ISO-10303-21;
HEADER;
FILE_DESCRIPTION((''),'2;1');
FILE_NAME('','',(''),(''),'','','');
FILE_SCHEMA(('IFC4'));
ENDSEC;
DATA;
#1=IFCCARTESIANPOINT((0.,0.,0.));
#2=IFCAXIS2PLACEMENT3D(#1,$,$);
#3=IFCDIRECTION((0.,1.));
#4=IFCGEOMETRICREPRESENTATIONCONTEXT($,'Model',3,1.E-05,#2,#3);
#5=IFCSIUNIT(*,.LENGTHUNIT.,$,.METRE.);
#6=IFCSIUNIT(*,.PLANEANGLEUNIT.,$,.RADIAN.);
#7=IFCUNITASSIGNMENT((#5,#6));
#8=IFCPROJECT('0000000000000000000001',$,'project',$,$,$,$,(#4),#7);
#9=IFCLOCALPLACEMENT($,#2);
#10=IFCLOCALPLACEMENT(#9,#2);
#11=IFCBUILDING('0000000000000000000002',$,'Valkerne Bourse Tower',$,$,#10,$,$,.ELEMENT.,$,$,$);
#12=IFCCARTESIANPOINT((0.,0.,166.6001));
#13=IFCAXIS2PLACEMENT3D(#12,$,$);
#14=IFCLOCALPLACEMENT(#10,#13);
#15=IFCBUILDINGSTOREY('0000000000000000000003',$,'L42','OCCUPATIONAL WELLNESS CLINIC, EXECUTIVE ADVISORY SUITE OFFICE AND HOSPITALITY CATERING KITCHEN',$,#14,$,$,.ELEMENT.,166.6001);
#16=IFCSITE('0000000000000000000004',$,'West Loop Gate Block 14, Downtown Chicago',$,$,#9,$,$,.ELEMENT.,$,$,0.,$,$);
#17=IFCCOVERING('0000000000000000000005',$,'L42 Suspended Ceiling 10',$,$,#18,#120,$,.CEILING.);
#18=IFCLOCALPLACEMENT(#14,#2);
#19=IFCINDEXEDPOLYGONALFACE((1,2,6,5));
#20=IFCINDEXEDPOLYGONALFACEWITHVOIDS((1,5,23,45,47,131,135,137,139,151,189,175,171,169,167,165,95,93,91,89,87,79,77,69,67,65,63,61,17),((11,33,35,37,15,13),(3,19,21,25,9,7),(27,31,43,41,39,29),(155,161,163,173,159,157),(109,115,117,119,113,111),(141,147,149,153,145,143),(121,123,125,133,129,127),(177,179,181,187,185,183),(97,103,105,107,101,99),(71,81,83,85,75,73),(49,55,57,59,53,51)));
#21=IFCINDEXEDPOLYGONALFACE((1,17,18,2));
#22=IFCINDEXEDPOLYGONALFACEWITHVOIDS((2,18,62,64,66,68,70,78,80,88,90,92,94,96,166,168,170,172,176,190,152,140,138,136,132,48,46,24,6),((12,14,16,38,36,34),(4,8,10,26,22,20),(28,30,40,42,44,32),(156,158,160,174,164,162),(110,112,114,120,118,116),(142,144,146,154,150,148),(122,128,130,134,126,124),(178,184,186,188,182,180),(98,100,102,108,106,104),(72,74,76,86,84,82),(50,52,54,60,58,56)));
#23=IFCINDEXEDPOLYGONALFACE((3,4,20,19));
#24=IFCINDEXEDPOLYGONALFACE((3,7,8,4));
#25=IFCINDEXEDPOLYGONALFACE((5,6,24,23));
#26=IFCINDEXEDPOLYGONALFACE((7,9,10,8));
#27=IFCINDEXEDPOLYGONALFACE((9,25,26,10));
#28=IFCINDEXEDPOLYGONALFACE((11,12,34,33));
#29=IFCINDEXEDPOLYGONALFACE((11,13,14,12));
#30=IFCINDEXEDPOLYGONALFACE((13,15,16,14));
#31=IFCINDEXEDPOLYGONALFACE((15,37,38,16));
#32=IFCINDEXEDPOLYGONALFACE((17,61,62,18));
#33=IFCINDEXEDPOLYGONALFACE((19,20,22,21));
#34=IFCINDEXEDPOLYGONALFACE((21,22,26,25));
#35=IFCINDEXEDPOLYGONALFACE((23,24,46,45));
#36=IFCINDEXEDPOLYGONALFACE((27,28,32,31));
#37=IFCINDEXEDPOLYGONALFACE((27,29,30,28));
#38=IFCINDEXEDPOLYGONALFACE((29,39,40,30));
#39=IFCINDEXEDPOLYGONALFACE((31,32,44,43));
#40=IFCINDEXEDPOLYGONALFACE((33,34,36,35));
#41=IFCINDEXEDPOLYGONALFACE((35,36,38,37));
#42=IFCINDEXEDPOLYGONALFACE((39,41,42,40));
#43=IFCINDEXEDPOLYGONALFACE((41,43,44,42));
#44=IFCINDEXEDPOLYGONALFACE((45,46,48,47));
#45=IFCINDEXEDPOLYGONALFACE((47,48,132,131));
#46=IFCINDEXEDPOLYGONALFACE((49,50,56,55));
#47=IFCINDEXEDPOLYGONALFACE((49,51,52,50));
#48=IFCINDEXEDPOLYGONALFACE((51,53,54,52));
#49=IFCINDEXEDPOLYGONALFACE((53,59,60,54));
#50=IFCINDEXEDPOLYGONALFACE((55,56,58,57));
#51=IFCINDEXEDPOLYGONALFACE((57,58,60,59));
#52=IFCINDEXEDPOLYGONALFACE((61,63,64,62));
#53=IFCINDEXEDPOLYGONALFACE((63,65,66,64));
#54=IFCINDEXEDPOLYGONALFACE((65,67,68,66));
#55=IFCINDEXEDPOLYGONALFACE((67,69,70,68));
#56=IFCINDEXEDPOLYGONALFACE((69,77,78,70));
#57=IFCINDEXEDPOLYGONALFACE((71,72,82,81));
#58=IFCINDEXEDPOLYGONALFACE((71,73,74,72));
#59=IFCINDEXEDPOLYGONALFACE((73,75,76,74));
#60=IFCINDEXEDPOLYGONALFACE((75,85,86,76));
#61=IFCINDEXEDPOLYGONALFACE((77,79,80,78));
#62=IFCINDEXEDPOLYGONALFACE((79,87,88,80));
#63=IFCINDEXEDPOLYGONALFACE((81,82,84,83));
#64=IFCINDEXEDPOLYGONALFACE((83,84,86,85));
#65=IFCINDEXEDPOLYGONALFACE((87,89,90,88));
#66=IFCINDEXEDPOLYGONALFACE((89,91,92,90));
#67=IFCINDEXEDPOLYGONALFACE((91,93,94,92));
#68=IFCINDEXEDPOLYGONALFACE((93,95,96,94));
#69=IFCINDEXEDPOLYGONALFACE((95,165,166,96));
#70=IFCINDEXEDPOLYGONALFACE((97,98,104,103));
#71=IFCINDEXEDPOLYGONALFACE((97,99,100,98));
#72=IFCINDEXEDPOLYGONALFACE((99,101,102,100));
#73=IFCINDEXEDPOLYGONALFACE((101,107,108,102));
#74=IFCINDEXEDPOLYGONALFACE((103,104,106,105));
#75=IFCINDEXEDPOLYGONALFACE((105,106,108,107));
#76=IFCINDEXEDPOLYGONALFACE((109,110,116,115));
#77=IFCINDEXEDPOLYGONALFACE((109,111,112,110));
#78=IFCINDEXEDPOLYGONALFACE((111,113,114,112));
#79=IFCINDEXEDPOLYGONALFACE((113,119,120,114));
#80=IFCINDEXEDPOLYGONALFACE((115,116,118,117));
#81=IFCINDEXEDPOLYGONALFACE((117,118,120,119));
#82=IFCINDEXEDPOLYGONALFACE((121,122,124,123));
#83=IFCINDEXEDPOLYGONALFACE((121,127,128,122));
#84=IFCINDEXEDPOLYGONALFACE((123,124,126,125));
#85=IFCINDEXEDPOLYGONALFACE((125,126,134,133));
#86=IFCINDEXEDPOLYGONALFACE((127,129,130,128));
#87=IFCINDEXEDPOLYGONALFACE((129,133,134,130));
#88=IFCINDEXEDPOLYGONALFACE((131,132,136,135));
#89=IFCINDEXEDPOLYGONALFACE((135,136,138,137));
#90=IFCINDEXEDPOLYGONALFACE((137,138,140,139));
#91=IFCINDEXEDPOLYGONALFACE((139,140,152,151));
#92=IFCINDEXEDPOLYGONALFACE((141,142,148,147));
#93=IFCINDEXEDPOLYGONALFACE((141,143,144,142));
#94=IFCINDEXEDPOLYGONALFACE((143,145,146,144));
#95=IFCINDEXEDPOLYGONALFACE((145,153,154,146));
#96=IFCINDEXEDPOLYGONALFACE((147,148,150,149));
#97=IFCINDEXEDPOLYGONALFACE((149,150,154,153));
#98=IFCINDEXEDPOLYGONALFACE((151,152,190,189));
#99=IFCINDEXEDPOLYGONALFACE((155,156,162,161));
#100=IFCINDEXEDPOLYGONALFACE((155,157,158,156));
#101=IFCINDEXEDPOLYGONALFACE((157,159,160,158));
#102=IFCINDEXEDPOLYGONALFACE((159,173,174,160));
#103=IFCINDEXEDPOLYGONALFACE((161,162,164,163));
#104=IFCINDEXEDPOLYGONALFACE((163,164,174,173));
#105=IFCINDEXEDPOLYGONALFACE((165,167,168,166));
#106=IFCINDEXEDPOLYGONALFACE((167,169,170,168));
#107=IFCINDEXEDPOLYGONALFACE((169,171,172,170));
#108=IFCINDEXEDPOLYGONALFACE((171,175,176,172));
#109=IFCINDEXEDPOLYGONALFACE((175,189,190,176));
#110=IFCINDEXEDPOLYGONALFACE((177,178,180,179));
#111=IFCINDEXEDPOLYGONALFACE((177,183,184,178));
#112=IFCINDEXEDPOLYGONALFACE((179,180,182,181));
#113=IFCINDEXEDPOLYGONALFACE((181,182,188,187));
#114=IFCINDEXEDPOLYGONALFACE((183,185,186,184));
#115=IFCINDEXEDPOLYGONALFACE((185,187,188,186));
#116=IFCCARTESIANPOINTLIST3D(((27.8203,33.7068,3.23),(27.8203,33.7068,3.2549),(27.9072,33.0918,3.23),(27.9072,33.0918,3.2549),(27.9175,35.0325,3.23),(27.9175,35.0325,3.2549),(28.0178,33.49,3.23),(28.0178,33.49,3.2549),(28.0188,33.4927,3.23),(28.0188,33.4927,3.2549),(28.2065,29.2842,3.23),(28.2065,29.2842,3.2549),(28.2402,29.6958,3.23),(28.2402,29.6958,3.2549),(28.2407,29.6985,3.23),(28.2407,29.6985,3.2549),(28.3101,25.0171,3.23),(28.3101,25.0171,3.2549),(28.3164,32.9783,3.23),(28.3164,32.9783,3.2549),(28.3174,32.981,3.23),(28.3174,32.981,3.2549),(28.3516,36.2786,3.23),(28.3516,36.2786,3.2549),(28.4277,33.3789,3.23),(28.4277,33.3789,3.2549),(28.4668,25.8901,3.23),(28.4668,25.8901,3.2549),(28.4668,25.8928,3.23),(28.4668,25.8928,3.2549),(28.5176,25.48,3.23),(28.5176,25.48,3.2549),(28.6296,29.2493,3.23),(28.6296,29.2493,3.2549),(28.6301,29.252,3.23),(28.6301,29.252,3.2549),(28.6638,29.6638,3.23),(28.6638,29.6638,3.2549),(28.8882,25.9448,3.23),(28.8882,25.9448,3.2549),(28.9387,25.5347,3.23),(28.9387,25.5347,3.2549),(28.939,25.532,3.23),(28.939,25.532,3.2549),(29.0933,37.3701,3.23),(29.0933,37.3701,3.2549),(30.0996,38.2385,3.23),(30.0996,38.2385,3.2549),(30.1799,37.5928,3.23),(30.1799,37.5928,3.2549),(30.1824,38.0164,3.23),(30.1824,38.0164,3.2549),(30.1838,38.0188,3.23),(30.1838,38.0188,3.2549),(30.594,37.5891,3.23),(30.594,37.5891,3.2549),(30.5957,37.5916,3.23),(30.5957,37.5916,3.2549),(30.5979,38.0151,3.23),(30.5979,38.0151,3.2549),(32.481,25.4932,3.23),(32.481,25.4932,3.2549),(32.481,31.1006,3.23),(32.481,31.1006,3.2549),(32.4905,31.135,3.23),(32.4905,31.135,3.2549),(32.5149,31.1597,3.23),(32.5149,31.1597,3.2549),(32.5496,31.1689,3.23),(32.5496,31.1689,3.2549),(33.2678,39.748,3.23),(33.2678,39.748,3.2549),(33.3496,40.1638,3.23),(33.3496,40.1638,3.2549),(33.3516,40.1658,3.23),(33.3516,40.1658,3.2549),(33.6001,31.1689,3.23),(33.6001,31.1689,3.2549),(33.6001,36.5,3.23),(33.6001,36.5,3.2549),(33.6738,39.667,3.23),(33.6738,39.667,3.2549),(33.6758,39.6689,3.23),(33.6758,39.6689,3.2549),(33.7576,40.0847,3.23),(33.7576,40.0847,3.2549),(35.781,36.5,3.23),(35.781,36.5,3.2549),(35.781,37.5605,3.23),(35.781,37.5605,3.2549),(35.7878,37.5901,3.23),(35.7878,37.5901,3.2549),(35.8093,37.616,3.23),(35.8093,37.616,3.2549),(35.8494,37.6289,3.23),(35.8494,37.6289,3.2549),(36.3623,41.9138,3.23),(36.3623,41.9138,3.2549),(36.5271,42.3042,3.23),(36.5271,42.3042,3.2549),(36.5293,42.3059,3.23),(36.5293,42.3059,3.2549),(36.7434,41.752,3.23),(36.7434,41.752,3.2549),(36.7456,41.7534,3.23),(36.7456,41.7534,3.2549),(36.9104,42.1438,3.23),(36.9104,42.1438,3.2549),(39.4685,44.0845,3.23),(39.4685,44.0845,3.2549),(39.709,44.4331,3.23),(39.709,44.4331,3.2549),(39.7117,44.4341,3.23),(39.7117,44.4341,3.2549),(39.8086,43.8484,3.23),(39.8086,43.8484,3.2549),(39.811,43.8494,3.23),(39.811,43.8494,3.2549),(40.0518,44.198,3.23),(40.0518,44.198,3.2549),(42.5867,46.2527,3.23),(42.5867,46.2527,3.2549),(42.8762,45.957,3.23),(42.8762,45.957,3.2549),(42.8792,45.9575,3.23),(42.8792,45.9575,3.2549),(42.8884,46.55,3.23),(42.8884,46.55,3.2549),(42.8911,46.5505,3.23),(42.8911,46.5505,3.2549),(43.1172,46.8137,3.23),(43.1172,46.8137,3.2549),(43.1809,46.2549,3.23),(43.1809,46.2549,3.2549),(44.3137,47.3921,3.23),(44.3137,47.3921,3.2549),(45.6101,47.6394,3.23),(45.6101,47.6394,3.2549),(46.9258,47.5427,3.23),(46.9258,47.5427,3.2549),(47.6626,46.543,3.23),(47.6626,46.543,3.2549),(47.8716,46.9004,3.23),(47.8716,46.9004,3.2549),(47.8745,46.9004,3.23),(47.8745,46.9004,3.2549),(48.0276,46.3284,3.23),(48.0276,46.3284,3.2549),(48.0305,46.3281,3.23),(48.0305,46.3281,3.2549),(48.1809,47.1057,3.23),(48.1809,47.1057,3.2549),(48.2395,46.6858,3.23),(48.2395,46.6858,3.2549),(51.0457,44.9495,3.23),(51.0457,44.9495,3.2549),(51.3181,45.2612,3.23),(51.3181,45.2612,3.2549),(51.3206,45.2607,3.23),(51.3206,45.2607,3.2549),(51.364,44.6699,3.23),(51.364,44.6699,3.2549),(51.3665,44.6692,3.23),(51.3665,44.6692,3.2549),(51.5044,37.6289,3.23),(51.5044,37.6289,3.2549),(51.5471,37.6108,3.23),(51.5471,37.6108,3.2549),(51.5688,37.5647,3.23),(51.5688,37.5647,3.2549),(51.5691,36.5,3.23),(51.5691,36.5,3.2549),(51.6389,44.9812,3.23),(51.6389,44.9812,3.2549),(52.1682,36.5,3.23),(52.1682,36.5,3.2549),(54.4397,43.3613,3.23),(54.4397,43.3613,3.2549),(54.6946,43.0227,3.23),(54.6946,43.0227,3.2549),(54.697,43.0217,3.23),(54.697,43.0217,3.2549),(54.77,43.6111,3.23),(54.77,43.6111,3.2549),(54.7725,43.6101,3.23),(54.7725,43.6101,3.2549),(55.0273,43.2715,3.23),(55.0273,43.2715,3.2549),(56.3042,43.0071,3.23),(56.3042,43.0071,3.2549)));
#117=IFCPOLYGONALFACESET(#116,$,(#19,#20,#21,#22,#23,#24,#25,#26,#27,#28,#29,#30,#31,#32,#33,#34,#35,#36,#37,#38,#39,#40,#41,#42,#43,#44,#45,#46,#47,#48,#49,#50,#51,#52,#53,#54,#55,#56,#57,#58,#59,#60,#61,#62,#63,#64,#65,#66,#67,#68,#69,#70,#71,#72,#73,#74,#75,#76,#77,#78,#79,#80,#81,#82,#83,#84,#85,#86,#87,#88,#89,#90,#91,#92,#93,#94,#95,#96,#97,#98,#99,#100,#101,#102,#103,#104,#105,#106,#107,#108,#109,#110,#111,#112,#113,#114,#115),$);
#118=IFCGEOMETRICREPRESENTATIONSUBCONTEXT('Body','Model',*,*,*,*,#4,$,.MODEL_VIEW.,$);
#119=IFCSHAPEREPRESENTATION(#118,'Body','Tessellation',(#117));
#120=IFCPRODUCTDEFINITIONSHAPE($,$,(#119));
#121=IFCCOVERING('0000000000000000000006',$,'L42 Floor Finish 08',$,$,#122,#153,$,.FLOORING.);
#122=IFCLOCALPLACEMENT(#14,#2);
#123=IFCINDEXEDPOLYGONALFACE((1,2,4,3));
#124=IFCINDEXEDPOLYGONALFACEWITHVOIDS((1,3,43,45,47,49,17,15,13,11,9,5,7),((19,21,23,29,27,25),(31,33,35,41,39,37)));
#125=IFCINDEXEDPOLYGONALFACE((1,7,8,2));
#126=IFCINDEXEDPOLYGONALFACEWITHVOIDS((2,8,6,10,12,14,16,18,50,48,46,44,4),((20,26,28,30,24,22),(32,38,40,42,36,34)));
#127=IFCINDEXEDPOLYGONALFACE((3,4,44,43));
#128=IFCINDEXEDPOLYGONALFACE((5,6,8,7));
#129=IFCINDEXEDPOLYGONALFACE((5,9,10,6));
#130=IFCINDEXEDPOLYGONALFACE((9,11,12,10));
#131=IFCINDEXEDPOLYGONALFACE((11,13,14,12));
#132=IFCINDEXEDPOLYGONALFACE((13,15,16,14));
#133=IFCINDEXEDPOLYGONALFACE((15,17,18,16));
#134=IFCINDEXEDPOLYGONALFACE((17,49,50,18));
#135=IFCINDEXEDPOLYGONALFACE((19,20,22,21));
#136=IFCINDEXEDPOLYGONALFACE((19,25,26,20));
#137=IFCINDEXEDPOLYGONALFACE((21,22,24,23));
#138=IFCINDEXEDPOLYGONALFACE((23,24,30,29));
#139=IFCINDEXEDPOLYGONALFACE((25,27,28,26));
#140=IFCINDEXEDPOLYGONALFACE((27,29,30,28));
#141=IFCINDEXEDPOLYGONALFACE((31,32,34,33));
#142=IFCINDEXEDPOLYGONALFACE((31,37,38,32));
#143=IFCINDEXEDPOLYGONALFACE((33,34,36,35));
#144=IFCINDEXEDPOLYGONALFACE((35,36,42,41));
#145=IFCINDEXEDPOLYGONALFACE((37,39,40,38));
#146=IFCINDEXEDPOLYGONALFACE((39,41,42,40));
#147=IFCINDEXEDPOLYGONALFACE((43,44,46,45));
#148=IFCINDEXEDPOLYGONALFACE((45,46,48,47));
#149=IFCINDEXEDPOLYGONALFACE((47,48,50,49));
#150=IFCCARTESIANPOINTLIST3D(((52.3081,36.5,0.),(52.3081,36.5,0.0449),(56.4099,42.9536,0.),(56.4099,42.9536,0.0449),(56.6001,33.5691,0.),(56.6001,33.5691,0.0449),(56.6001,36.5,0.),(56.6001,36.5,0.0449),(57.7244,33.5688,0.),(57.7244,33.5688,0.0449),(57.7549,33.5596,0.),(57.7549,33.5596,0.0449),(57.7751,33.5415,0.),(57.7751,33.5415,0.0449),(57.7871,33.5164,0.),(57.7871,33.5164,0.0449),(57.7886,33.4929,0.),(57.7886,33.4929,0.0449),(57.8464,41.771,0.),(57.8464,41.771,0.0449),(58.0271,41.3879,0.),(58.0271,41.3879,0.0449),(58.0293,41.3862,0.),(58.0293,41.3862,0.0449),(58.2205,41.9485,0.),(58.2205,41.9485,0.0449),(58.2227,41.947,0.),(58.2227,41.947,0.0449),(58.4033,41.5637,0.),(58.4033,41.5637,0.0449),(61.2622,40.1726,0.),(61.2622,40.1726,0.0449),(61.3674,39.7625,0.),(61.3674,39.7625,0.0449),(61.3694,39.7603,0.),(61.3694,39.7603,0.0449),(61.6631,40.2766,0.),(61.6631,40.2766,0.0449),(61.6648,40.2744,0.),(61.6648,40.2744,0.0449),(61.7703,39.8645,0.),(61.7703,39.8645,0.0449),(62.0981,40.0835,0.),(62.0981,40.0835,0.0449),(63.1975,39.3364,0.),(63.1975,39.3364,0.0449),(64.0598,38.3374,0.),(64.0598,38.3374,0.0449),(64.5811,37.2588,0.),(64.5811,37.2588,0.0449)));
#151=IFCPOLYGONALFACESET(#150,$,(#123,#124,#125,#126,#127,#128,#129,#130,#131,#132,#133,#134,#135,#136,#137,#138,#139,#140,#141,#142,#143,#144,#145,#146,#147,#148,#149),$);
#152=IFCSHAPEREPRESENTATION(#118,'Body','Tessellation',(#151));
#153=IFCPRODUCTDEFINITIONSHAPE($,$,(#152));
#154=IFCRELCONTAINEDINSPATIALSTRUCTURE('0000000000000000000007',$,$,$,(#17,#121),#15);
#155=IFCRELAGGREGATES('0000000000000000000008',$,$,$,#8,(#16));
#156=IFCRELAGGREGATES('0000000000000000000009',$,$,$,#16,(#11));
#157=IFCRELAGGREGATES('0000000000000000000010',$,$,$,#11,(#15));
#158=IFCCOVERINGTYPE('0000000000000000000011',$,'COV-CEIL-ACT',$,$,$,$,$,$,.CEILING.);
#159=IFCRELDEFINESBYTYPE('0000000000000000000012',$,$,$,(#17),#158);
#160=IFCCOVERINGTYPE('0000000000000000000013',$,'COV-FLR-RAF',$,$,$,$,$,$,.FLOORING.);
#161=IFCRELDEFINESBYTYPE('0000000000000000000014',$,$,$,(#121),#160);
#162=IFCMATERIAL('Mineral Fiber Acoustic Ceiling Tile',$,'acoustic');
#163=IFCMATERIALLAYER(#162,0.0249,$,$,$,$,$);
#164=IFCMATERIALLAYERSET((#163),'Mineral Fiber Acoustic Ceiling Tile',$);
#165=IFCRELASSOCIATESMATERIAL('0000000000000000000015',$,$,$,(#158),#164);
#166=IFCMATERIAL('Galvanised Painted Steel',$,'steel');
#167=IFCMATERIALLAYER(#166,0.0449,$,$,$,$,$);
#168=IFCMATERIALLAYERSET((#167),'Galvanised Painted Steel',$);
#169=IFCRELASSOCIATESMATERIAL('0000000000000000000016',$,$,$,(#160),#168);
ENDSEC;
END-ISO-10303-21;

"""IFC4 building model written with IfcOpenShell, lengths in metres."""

from ifc_helpers import new_model, si_unit, direction, frame, origin, place, context, subcontext, project, spatial, polyline, outline, extrude, material, layer, layer_set, type_object, element, save


model = new_model("IFC4")

# Units and contexts
model_context = context("Model", 3, precision=1e-05, world=origin(), true_north=direction((0.0, 1.0)))
body_context = subcontext(model_context, "Body", "Model", "MODEL_VIEW")
ifc_project = project(units=[si_unit("LENGTHUNIT", "METRE"), si_unit("PLANEANGLEUNIT", "RADIAN")], contexts=[model_context])

# Site, building, storey
site_placement = place(None, origin())
site = spatial("IfcSite", under=ifc_project, at=site_placement, Name="West Loop Gate Block 14, Downtown Chicago", CompositionType="ELEMENT", RefElevation=0.0)
building_placement = place(site_placement, origin())
building = spatial("IfcBuilding", under=site, at=building_placement, Name="Valkerne Bourse Tower", CompositionType="ELEMENT")
storey_placement = place(building_placement, frame((0.0, 0.0, 166.6001)))
storey = spatial("IfcBuildingStorey", under=building, at=storey_placement, Name="L42", Description="OCCUPATIONAL WELLNESS CLINIC, EXECUTIVE ADVISORY SUITE OFFICE AND HOSPITALITY CATERING KITCHEN", CompositionType="ELEMENT", Elevation=166.6001)

# Coverings
ifc_material_1 = material(Name="Mineral Fiber Acoustic Ceiling Tile", Category="acoustic")
ifc_layer_1 = layer(ifc_material_1, 0.0249)
ifc_layer_set_1 = layer_set([ifc_layer_1], Name="Mineral Fiber Acoustic Ceiling Tile")
covering_type_1 = type_object("IfcCoveringType", Name="COV-CEIL-ACT", PredefinedType="CEILING", material=ifc_layer_set_1)
covering_1_placement = place(storey_placement, frame((0.0, 0.0, 3.23)))
element("IfcCovering", 1, at=covering_1_placement, inside=storey, type_object=covering_type_1, Name="L42 Suspended Ceiling 10", PredefinedType="CEILING", context=body_context, shape_type="SweptSolid", body=[
    extrude(outline(polyline([(28.3516, 36.2786), (29.0933, 37.3701), (30.0996, 38.2385), (43.1172, 46.8137), (44.3137, 47.3921), (45.6101, 47.6394), (46.9258, 47.5427), (48.1809, 47.1057), (56.3042, 43.0071), (52.1682, 36.5), (51.5691, 36.5), (51.5688, 37.5647), (51.5471, 37.6108), (51.5044, 37.6289), (35.8494, 37.6289), (35.8093, 37.616), (35.7878, 37.5901), (35.781, 37.5605), (35.781, 36.5), (33.6001, 36.5), (33.6001, 31.1689), (32.5496, 31.1689), (32.5149, 31.1597), (32.4905, 31.135), (32.481, 31.1006), (32.481, 25.4932), (28.3101, 25.0171), (27.8203, 33.7068), (27.9175, 35.0325), (28.3516, 36.2786)]), holes=[polyline([(28.9387, 25.5347), (28.8882, 25.9448), (28.4668, 25.8928), (28.4668, 25.8901), (28.5176, 25.48), (28.939, 25.532), (28.9387, 25.5347)]), polyline([(28.6301, 29.252), (28.6638, 29.6638), (28.2407, 29.6985), (28.2402, 29.6958), (28.2065, 29.2842), (28.6296, 29.2493), (28.6301, 29.252)]), polyline([(28.4277, 33.3789), (28.0188, 33.4927), (28.0178, 33.49), (27.9072, 33.0918), (28.3164, 32.9783), (28.3174, 32.981), (28.4277, 33.3789)]), polyline([(30.5979, 38.0151), (30.1838, 38.0188), (30.1824, 38.0164), (30.1799, 37.5928), (30.594, 37.5891), (30.5957, 37.5916), (30.5979, 38.0151)]), polyline([(33.7576, 40.0847), (33.3516, 40.1658), (33.3496, 40.1638), (33.2678, 39.748), (33.6738, 39.667), (33.6758, 39.6689), (33.7576, 40.0847)]), polyline([(36.7456, 41.7534), (36.9104, 42.1438), (36.5293, 42.3059), (36.5271, 42.3042), (36.3623, 41.9138), (36.7434, 41.752), (36.7456, 41.7534)]), polyline([(55.0273, 43.2715), (54.7725, 43.6101), (54.77, 43.6111), (54.4397, 43.3613), (54.6946, 43.0227), (54.697, 43.0217), (55.0273, 43.2715)]), polyline([(39.811, 43.8494), (40.0518, 44.198), (39.7117, 44.4341), (39.709, 44.4331), (39.4685, 44.0845), (39.8086, 43.8484), (39.811, 43.8494)]), polyline([(51.3206, 45.2607), (51.3181, 45.2612), (51.0457, 44.9495), (51.364, 44.6699), (51.3665, 44.6692), (51.6389, 44.9812), (51.3206, 45.2607)]), polyline([(43.1809, 46.2549), (42.8911, 46.5505), (42.8884, 46.55), (42.5867, 46.2527), (42.8762, 45.957), (42.8792, 45.9575), (43.1809, 46.2549)]), polyline([(47.8745, 46.9004), (47.8716, 46.9004), (47.6626, 46.543), (48.0276, 46.3284), (48.0305, 46.3281), (48.2395, 46.6858), (47.8745, 46.9004)])]), origin(), (0.0, 0.0, 1.0), 0.0249),
])
ifc_material_2 = material(Name="Galvanised Painted Steel", Category="steel")
ifc_layer_2 = layer(ifc_material_2, 0.0449)
ifc_layer_set_2 = layer_set([ifc_layer_2], Name="Galvanised Painted Steel")
covering_type_2 = type_object("IfcCoveringType", Name="COV-FLR-RAF", PredefinedType="FLOORING", material=ifc_layer_set_2)
covering_2_placement = place(storey_placement, origin())
element("IfcCovering", 2, at=covering_2_placement, inside=storey, type_object=covering_type_2, Name="L42 Floor Finish 08", PredefinedType="FLOORING", context=body_context, shape_type="SweptSolid", body=[
    extrude(outline(polyline([(64.0598, 38.3374), (64.5811, 37.2588), (57.7886, 33.4929), (57.7871, 33.5164), (57.7751, 33.5415), (57.7549, 33.5596), (57.7244, 33.5688), (56.6001, 33.5691), (56.6001, 36.5), (52.3081, 36.5), (56.4099, 42.9536), (62.0981, 40.0835), (63.1975, 39.3364), (64.0598, 38.3374)]), holes=[polyline([(61.6648, 40.2744), (61.6631, 40.2766), (61.2622, 40.1726), (61.3674, 39.7625), (61.3694, 39.7603), (61.7703, 39.8645), (61.6648, 40.2744)]), polyline([(58.4033, 41.5637), (58.2227, 41.947), (58.2205, 41.9485), (57.8464, 41.771), (58.0271, 41.3879), (58.0293, 41.3862), (58.4033, 41.5637)])]), origin(), (0.0, 0.0, 1.0), 0.0449),
])

save(model, "model.ifc")
